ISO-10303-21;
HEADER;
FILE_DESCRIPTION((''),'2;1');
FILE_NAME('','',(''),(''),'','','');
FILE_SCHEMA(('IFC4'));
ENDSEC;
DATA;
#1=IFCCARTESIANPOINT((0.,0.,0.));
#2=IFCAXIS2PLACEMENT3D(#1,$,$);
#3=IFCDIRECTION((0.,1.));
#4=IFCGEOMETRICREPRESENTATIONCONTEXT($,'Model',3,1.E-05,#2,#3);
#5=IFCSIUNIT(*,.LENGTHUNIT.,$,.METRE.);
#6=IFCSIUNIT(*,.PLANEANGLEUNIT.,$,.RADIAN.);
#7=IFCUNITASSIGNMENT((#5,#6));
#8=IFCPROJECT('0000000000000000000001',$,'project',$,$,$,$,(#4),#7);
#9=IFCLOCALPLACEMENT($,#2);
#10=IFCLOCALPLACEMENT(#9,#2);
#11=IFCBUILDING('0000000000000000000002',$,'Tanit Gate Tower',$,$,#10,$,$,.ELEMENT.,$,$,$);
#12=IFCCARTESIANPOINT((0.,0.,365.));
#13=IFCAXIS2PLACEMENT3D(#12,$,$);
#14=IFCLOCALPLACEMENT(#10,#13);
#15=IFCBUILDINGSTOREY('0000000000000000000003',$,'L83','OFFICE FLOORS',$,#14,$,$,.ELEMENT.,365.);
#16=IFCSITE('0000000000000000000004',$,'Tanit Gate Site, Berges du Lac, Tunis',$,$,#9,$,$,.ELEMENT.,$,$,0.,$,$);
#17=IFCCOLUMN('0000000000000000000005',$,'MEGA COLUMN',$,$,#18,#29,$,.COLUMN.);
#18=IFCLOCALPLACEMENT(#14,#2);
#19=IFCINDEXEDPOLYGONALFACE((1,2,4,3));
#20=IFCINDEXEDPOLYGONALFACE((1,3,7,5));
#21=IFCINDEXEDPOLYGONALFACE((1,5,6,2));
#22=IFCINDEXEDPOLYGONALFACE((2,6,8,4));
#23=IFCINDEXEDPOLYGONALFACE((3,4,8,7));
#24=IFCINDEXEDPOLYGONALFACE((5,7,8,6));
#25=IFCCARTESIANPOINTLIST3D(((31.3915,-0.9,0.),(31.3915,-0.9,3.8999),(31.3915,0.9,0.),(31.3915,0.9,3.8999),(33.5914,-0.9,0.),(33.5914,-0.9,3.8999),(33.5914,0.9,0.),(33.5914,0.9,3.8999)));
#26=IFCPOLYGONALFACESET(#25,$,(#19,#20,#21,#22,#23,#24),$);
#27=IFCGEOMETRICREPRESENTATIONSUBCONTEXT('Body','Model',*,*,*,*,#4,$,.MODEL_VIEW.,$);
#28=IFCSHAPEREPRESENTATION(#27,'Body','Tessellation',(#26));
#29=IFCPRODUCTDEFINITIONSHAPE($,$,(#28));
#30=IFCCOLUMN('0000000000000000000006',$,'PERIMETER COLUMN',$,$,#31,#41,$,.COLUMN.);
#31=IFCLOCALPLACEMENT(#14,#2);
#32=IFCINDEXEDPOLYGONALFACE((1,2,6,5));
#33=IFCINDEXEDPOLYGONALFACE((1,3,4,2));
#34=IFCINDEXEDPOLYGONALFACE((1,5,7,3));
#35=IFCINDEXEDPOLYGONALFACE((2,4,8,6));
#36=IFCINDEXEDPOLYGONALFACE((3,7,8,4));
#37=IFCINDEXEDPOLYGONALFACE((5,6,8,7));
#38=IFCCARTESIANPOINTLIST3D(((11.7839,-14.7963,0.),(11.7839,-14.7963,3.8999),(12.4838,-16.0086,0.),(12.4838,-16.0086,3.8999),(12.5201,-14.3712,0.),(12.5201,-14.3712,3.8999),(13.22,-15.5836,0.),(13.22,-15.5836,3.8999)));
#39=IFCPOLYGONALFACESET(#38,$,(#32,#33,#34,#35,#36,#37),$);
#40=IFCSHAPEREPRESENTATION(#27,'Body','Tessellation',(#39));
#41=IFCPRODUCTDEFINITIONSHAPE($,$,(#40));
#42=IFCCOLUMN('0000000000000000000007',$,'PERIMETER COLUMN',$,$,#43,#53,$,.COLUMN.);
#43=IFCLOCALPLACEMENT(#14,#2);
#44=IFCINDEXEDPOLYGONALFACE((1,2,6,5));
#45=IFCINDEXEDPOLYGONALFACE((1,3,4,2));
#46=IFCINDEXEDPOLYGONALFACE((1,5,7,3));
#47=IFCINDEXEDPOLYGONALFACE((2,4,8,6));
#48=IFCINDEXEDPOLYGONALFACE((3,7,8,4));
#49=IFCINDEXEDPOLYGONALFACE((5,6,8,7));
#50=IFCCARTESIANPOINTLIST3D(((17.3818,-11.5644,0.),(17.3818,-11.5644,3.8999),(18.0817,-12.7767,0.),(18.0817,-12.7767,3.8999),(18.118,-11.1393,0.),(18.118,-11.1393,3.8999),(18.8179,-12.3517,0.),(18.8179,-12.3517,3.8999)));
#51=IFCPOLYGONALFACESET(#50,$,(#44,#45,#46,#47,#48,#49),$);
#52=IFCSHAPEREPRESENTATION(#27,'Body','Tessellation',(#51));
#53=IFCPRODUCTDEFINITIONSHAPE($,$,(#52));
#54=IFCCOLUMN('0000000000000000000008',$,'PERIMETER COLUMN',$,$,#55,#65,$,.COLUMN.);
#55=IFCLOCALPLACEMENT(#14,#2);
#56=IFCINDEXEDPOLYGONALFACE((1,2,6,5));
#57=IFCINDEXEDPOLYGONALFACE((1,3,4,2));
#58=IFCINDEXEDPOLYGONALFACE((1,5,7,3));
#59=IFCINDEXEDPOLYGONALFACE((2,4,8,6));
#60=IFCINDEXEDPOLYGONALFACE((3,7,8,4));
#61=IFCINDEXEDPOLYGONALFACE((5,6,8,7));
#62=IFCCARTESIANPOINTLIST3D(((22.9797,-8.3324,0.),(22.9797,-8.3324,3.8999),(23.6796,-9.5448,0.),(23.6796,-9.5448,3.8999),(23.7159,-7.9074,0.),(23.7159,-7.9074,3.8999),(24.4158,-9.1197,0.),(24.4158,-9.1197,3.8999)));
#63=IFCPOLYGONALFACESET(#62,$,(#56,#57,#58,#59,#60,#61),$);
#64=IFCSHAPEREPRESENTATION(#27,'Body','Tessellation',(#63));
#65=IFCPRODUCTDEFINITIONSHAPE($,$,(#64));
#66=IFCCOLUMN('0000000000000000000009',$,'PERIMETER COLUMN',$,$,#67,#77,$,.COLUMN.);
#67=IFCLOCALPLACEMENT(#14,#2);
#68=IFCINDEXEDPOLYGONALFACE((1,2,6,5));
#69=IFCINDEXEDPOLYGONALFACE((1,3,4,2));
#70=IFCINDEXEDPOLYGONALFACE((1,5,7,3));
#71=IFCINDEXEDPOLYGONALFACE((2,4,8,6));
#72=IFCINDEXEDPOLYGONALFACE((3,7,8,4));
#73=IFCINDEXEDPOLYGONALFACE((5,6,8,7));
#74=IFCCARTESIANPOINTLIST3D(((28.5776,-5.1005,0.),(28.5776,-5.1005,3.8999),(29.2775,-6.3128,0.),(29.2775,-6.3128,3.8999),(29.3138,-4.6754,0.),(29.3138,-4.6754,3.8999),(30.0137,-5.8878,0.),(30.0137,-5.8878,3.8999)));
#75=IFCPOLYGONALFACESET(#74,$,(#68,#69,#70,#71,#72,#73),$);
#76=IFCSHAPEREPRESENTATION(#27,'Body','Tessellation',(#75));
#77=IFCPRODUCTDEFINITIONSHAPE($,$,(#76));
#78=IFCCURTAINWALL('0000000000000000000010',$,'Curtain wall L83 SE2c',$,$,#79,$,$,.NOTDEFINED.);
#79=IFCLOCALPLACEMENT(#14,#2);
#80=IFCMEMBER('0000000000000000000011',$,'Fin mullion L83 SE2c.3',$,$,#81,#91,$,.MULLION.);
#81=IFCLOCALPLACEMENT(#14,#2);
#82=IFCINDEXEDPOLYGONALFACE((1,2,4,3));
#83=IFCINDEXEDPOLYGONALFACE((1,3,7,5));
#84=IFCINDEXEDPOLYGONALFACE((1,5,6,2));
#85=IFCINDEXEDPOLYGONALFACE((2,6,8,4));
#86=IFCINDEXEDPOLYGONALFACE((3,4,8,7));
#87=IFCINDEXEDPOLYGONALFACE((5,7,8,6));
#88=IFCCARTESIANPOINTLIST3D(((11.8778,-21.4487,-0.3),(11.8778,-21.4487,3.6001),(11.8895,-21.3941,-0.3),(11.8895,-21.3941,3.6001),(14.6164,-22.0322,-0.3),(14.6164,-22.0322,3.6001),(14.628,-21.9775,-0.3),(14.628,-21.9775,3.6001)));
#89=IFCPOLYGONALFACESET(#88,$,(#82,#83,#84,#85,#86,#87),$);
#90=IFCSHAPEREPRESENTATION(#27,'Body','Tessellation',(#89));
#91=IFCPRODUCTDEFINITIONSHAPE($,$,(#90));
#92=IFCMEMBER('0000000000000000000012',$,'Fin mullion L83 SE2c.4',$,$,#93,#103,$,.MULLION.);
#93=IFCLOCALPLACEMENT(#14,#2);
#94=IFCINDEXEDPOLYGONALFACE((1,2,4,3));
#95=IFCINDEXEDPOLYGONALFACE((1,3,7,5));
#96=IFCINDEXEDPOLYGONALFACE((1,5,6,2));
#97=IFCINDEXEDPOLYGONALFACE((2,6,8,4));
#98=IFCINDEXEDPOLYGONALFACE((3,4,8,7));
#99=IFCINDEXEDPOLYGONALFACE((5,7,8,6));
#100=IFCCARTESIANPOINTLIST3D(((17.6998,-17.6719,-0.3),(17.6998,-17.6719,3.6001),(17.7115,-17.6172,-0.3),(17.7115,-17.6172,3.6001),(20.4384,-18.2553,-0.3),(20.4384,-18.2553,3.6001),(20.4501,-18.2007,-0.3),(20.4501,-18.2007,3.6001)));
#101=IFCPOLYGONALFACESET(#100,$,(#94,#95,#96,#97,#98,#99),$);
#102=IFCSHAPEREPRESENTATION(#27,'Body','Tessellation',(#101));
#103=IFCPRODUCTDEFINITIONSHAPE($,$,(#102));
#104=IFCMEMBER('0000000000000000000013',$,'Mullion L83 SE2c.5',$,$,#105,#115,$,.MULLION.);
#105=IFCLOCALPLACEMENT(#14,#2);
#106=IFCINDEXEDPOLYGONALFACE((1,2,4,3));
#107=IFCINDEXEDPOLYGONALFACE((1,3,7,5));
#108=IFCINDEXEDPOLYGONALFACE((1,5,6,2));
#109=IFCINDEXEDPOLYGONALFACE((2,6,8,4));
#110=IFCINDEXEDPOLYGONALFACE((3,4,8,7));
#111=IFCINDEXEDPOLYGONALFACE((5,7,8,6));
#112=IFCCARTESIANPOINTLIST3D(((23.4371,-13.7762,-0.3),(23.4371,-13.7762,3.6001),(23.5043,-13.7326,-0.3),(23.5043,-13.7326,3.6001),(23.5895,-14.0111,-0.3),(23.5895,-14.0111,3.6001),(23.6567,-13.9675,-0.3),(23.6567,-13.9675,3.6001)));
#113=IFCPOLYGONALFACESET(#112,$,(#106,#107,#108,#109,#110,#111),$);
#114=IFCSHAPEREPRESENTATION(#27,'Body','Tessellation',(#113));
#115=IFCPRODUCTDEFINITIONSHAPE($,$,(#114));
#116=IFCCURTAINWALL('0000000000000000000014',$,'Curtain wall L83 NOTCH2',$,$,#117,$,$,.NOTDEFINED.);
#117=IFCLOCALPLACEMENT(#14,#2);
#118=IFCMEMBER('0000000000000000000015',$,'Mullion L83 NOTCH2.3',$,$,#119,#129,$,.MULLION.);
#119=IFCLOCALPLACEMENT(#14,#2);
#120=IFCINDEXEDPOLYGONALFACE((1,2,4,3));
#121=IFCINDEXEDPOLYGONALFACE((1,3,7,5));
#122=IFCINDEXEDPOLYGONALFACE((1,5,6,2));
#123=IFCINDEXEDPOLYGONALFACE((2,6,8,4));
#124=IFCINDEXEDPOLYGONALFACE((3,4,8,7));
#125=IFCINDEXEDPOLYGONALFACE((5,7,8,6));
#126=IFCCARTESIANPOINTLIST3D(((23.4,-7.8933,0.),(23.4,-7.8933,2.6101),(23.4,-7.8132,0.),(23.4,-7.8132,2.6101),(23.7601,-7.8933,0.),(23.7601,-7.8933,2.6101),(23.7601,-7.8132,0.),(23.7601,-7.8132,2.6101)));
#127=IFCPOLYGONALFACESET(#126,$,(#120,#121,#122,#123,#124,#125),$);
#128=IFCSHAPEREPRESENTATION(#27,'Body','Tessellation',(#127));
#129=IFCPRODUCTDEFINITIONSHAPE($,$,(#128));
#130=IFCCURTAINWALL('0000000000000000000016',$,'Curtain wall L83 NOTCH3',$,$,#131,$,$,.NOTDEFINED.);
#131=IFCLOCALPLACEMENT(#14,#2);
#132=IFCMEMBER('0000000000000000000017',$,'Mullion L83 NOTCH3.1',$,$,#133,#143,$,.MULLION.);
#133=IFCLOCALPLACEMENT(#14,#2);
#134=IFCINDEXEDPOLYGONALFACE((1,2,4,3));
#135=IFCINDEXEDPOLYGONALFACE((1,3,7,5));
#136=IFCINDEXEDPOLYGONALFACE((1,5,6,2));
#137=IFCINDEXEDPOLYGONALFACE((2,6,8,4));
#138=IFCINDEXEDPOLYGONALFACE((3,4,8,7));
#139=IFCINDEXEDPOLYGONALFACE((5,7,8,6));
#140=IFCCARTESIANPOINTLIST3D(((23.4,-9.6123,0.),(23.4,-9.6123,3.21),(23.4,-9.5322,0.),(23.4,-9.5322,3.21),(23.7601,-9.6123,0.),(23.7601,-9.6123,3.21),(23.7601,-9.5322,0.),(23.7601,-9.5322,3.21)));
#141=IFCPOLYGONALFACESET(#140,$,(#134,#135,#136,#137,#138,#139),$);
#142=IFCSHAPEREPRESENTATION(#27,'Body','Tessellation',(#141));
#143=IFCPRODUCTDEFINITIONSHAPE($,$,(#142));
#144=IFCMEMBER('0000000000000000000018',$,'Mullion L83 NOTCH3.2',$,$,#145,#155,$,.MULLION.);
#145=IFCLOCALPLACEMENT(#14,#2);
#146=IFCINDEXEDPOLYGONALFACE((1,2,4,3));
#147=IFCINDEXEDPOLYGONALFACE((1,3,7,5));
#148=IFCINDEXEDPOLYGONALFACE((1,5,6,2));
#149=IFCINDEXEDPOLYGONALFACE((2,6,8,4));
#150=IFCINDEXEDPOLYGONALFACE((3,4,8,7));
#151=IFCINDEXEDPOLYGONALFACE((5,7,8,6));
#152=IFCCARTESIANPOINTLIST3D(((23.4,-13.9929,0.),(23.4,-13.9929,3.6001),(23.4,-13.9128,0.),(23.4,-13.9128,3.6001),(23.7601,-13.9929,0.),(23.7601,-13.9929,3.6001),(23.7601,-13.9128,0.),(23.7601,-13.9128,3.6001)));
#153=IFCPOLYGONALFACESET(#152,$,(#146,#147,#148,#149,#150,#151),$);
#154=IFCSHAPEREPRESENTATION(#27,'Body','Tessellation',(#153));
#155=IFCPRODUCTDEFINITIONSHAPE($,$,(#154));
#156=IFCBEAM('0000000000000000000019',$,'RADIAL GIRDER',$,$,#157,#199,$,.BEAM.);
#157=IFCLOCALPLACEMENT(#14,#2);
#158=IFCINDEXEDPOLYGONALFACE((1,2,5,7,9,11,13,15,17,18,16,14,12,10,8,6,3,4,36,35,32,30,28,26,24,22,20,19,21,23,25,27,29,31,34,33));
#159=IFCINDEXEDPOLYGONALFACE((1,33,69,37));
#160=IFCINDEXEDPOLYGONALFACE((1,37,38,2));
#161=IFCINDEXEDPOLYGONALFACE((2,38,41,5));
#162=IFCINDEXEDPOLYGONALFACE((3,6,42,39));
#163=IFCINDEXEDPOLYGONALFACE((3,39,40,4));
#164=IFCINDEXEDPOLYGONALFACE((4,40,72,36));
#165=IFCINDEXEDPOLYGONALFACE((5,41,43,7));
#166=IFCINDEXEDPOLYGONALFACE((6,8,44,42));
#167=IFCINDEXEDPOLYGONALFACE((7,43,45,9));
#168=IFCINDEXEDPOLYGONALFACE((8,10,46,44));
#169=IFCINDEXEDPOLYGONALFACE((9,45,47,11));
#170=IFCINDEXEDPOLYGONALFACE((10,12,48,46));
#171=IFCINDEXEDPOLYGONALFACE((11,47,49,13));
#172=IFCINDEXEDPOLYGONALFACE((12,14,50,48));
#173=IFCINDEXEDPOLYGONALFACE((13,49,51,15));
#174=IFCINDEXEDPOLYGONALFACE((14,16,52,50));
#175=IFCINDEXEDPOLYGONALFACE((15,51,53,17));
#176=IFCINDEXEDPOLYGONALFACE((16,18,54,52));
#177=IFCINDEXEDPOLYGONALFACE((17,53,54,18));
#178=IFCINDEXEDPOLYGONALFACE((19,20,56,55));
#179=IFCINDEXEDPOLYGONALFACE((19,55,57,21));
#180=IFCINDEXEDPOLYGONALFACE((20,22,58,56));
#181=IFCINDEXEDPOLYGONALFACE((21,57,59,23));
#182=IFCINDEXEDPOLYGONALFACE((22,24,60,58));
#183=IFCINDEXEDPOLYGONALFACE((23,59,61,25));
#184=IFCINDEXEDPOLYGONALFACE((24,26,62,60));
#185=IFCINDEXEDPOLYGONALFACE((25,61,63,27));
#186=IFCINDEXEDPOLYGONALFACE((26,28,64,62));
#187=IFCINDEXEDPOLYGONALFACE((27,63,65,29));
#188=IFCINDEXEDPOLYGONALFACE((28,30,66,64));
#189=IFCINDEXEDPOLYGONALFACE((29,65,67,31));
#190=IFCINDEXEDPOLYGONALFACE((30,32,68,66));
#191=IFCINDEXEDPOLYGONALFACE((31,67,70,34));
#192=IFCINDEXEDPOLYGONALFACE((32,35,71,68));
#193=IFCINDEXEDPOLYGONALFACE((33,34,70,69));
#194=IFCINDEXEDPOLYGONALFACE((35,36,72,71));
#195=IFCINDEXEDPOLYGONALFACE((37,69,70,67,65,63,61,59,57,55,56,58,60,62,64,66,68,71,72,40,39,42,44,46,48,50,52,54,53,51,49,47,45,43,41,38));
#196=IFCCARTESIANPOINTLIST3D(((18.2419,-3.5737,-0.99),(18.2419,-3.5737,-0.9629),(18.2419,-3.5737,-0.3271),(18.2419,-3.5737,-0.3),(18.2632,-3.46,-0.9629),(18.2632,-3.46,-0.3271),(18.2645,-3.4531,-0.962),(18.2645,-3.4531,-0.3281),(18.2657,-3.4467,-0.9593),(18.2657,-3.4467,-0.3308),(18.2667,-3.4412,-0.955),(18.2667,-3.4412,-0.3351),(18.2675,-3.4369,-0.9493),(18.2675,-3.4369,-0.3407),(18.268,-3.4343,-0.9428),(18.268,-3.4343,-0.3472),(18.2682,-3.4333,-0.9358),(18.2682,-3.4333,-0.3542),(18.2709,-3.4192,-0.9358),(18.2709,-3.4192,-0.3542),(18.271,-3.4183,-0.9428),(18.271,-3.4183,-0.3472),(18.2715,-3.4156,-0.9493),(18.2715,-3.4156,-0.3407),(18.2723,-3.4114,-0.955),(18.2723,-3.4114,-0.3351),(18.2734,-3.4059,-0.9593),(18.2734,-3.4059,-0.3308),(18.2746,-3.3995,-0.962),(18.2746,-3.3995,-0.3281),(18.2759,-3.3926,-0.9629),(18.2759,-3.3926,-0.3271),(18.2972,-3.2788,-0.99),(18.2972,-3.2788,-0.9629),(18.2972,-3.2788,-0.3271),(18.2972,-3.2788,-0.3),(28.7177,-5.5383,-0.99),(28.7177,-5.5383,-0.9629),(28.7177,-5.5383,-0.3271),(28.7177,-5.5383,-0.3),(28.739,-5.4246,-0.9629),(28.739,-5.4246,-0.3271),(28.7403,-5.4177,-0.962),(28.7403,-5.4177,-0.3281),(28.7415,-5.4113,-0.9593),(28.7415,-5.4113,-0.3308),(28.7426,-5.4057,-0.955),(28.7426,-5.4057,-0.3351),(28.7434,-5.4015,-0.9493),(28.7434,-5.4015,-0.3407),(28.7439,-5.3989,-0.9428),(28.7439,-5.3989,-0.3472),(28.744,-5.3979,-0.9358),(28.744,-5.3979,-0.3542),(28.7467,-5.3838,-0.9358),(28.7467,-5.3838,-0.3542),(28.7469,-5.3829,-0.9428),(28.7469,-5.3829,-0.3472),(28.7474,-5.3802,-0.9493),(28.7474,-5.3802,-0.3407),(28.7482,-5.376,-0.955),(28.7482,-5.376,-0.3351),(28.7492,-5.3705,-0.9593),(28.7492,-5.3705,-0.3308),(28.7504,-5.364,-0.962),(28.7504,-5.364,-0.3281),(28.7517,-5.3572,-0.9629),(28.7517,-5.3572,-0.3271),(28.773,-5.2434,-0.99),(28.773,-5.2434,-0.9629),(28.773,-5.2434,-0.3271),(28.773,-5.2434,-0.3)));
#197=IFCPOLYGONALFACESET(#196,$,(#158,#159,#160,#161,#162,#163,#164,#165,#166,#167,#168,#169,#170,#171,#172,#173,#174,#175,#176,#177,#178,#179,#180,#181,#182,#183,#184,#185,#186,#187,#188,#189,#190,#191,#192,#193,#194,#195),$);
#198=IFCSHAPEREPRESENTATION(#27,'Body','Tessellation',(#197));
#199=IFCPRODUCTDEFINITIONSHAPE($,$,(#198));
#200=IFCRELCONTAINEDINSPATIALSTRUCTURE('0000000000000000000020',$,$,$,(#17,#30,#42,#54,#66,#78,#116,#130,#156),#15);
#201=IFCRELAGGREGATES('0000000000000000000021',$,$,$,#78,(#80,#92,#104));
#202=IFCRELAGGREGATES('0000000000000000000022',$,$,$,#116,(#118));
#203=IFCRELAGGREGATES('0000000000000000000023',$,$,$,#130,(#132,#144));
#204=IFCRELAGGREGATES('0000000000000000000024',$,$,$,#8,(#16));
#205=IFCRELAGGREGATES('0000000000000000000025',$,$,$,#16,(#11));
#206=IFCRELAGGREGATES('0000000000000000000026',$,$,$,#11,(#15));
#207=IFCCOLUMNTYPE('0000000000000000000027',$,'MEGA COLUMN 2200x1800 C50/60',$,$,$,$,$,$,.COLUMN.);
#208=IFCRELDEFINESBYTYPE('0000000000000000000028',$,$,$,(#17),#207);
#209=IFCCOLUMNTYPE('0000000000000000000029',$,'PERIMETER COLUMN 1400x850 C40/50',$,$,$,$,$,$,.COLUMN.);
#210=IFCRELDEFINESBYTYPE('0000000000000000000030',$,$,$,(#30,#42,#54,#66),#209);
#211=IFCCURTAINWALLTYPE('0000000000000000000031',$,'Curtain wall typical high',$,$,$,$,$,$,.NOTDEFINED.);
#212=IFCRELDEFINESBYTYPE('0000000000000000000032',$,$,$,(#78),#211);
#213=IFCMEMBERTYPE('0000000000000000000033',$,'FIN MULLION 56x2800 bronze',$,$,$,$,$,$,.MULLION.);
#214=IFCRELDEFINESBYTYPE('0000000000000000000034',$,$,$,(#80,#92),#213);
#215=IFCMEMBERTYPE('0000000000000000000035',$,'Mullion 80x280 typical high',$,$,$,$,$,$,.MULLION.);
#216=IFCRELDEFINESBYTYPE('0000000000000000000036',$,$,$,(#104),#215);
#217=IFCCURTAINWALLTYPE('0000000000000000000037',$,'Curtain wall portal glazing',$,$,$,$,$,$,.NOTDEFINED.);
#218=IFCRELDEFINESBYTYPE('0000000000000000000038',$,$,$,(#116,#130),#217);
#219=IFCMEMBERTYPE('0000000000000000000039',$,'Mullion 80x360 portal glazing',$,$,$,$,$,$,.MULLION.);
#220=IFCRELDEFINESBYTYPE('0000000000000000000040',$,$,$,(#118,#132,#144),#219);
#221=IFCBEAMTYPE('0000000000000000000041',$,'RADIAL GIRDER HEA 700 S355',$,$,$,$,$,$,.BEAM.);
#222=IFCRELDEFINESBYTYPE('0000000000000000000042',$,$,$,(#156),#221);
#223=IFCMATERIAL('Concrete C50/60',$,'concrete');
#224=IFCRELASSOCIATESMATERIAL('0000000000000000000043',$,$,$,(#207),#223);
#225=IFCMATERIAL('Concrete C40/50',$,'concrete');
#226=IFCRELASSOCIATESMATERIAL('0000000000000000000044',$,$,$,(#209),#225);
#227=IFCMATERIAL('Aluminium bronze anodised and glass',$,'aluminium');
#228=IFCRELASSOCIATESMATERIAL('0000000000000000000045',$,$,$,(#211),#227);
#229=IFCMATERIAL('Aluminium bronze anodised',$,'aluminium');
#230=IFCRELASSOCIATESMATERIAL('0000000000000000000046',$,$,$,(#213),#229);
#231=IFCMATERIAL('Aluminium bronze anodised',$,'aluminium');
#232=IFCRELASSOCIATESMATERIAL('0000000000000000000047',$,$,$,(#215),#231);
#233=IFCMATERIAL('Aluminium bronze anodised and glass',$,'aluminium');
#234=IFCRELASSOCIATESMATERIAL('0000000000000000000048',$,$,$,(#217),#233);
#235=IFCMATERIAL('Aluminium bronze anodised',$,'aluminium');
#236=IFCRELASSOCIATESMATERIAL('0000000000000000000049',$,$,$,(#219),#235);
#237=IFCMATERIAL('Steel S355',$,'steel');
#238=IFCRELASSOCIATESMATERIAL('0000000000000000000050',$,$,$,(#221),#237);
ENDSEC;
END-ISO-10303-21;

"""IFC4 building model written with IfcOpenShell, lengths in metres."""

from ifc_helpers import new_model, si_unit, direction, frame, origin, origin_2d, place, context, subcontext, project, spatial, rectangle, i_section, extrude, material, material_profile, profile_set, type_object, element, aggregate, save


model = new_model("IFC4")

# Units and contexts
model_context = context("Model", 3, precision=1e-05, world=origin(), true_north=direction((0.0, 1.0)))
body_context = subcontext(model_context, "Body", "Model", "MODEL_VIEW")
ifc_project = project(units=[si_unit("LENGTHUNIT", "METRE"), si_unit("PLANEANGLEUNIT", "RADIAN")], contexts=[model_context])

# Site, building, storey
site_placement = place(None, origin())
site = spatial("IfcSite", under=ifc_project, at=site_placement, Name="Tanit Gate Site, Berges du Lac, Tunis", CompositionType="ELEMENT", RefElevation=0.0)
building_placement = place(site_placement, origin())
building = spatial("IfcBuilding", under=site, at=building_placement, Name="Tanit Gate Tower", CompositionType="ELEMENT")
storey_placement = place(building_placement, frame((0.0, 0.0, 365.0)))
storey = spatial("IfcBuildingStorey", under=building, at=storey_placement, Name="L83", Description="OFFICE FLOORS", CompositionType="ELEMENT", Elevation=365.0)

# Columns
ifc_material_1 = material(Name="Concrete C50/60", Category="concrete")
ifc_material_profile_1 = material_profile(ifc_material_1, rectangle(XDim=2.2, YDim=1.8, at=origin_2d()), Name="RC 2200x1800")
ifc_profile_set_1 = profile_set([ifc_material_profile_1], Name="Concrete C50/60")
column_type_1 = type_object("IfcColumnType", Name="MEGA COLUMN 2200x1800 C50/60", PredefinedType="COLUMN", material=ifc_profile_set_1)
column_placement = place(storey_placement, frame((32.4915, 0.0, 0.0), z_axis=(0.0, 0.0, 1.0), x_axis=(1.0, 0.0, 0.0)))
element("IfcColumn", 1, at=column_placement, inside=storey, type_object=column_type_1, Name="MEGA COLUMN", PredefinedType="COLUMN", context=body_context, shape_type="SweptSolid", body=[
    extrude(rectangle(XDim=2.2, YDim=1.8, at=origin_2d()), origin(), (0.0, 0.0, 1.0), 3.8999),
])
ifc_material_2 = material(Name="Concrete C40/50", Category="concrete")
ifc_material_profile_2 = material_profile(ifc_material_2, rectangle(XDim=1.3999, YDim=0.8501, at=origin_2d()), Name="RC 1400x850")
ifc_profile_set_2 = profile_set([ifc_material_profile_2], Name="Concrete C40/50")
column_type_2 = type_object("IfcColumnType", Name="PERIMETER COLUMN 1400x850 C40/50", PredefinedType="COLUMN", material=ifc_profile_set_2)
for number, where, z_axis, x_axis, name in (
    (2, (12.502, -15.1899, 0.0), (0.0, 0.0, 1.0), (0.5, -0.866025, 0.0), "PERIMETER COLUMN"),
    (3, (18.0999, -11.958, 0.0), (0.0, 0.0, 1.0), (0.5, -0.866025, 0.0), "PERIMETER COLUMN"),
    (4, (23.6978, -8.7261, 0.0), (0.0, 0.0, 1.0), (0.5, -0.866025, 0.0), "PERIMETER COLUMN"),
    (5, (29.2957, -5.4941, 0.0), (0.0, 0.0, 1.0), (0.5, -0.866025, 0.0), "PERIMETER COLUMN"),
):
    element("IfcColumn", number, at=place(storey_placement, frame(where, z_axis=z_axis, x_axis=x_axis)), inside=storey, type_object=column_type_2, Name=name, PredefinedType="COLUMN", context=body_context, shape_type="SweptSolid", body=[
        extrude(rectangle(XDim=1.3999, YDim=0.8501, at=origin_2d()), origin(), (0.0, 0.0, 1.0), 3.8999),
    ])

# Curtain wall, members
ifc_material_3 = material(Name="Aluminium bronze anodised and glass", Category="aluminium")
curtain_wall_type_1 = type_object("IfcCurtainWallType", Name="Curtain wall typical high", PredefinedType="NOTDEFINED", material=ifc_material_3)
curtain_wall_1_placement = place(storey_placement, origin())
curtain_wall_1 = element("IfcCurtainWall", 6, at=curtain_wall_1_placement, inside=storey, type_object=curtain_wall_type_1, Name="Curtain wall L83 SE2c", PredefinedType="NOTDEFINED")
ifc_material_4 = material(Name="Aluminium bronze anodised", Category="aluminium")
ifc_material_profile_3 = material_profile(ifc_material_4, rectangle(XDim=2.8, YDim=0.0559, at=origin_2d()), Name="56x2800 bronze fin mullion")
ifc_profile_set_3 = profile_set([ifc_material_profile_3], Name="Aluminium bronze anodised")
member_type_1 = type_object("IfcMemberType", Name="FIN MULLION 56x2800 bronze", PredefinedType="MULLION", material=ifc_profile_set_3)
member_1_placement = place(storey_placement, frame((13.2529, -21.7131, -0.3), z_axis=(0.0, 0.0, 1.0), x_axis=(-0.978049, 0.208373, 0.0)))
member_1 = element("IfcMember", 7, at=member_1_placement, type_object=member_type_1, Name="Fin mullion L83 SE2c.3", PredefinedType="MULLION", context=body_context, shape_type="SweptSolid", body=[
    extrude(rectangle(XDim=2.8, YDim=0.0559, at=origin_2d()), origin(), (0.0, 0.0, 1.0), 3.9001),
])
member_2_placement = place(storey_placement, frame((19.075, -17.9363, -0.3), z_axis=(0.0, 0.0, 1.0), x_axis=(-0.978049, 0.208373, 0.0)))
member_2 = element("IfcMember", 8, at=member_2_placement, type_object=member_type_1, Name="Fin mullion L83 SE2c.4", PredefinedType="MULLION", context=body_context, shape_type="SweptSolid", body=[
    extrude(rectangle(XDim=2.8, YDim=0.0559, at=origin_2d()), origin(), (0.0, 0.0, 1.0), 3.9001),
])
ifc_material_5 = material(Name="Aluminium bronze anodised", Category="aluminium")
ifc_material_profile_4 = material_profile(ifc_material_5, rectangle(XDim=0.28, YDim=0.0801, at=origin_2d()), Name="80x280 bronze mullion")
ifc_profile_set_4 = profile_set([ifc_material_profile_4], Name="Aluminium bronze anodised")
member_type_2 = type_object("IfcMemberType", Name="Mullion 80x280 typical high", PredefinedType="MULLION", material=ifc_profile_set_4)
member_3_placement = place(storey_placement, frame((23.5469, -13.8718, -0.3), z_axis=(0.0, 0.0, 1.0), x_axis=(-0.544243, 0.838927, 0.0)))
member_3 = element("IfcMember", 9, at=member_3_placement, type_object=member_type_2, Name="Mullion L83 SE2c.5", PredefinedType="MULLION", context=body_context, shape_type="SweptSolid", body=[
    extrude(rectangle(XDim=0.28, YDim=0.0801, at=origin_2d()), origin(), (0.0, 0.0, 1.0), 3.9001),
])

# Curtain wall, member
ifc_material_6 = material(Name="Aluminium bronze anodised and glass", Category="aluminium")
curtain_wall_type_2 = type_object("IfcCurtainWallType", Name="Curtain wall portal glazing", PredefinedType="NOTDEFINED", material=ifc_material_6)
curtain_wall_2_placement = place(storey_placement, origin())
curtain_wall_2 = element("IfcCurtainWall", 10, at=curtain_wall_2_placement, inside=storey, type_object=curtain_wall_type_2, Name="Curtain wall L83 NOTCH2", PredefinedType="NOTDEFINED")
ifc_material_7 = material(Name="Aluminium bronze anodised", Category="aluminium")
ifc_material_profile_5 = material_profile(ifc_material_7, rectangle(XDim=0.3601, YDim=0.0801, at=origin_2d()), Name="80x360 bronze mullion")
ifc_profile_set_5 = profile_set([ifc_material_profile_5], Name="Aluminium bronze anodised")
member_type_3 = type_object("IfcMemberType", Name="Mullion 80x360 portal glazing", PredefinedType="MULLION", material=ifc_profile_set_5)
member_4_placement = place(storey_placement, frame((23.5801, -7.8533, 0.0), z_axis=(0.0, 0.0, 1.0), x_axis=(1.0, 0.0, 0.0)))
member_4 = element("IfcMember", 11, at=member_4_placement, type_object=member_type_3, Name="Mullion L83 NOTCH2.3", PredefinedType="MULLION", context=body_context, shape_type="SweptSolid", body=[
    extrude(rectangle(XDim=0.3601, YDim=0.0801, at=origin_2d()), origin(), (0.0, 0.0, 1.0), 2.6101),
])

# Curtain wall, members
curtain_wall_3_placement = place(storey_placement, origin())
curtain_wall_3 = element("IfcCurtainWall", 12, at=curtain_wall_3_placement, inside=storey, type_object=curtain_wall_type_2, Name="Curtain wall L83 NOTCH3", PredefinedType="NOTDEFINED")
member_5_placement = place(storey_placement, frame((23.5801, -9.5723, 0.0), z_axis=(0.0, 0.0, 1.0), x_axis=(1.0, 0.0, 0.0)))
member_5 = element("IfcMember", 13, at=member_5_placement, type_object=member_type_3, Name="Mullion L83 NOTCH3.1", PredefinedType="MULLION", context=body_context, shape_type="SweptSolid", body=[
    extrude(rectangle(XDim=0.3601, YDim=0.0801, at=origin_2d()), origin(), (0.0, 0.0, 1.0), 3.21),
])
member_6_placement = place(storey_placement, frame((23.5801, -13.9529, 0.0), z_axis=(0.0, 0.0, 1.0), x_axis=(1.0, 0.0, 0.0)))
member_6 = element("IfcMember", 14, at=member_6_placement, type_object=member_type_3, Name="Mullion L83 NOTCH3.2", PredefinedType="MULLION", context=body_context, shape_type="SweptSolid", body=[
    extrude(rectangle(XDim=0.3601, YDim=0.0801, at=origin_2d()), origin(), (0.0, 0.0, 1.0), 3.6001),
])

# Beam
ifc_material_8 = material(Name="Steel S355", Category="steel")
ifc_material_profile_6 = material_profile(ifc_material_8, i_section(OverallWidth=0.3, OverallDepth=0.6899, WebThickness=0.0144, FlangeThickness=0.0271, FilletRadius=0.0271, at=origin_2d()), Name="HEA 700")
ifc_profile_set_6 = profile_set([ifc_material_profile_6], Name="Steel S355")
beam_type_1 = type_object("IfcBeamType", Name="RADIAL GIRDER HEA 700 S355", PredefinedType="BEAM", material=ifc_profile_set_6)
beam_1_placement = place(storey_placement, frame((28.7454, -5.3909, -0.645), z_axis=(-0.982866, 0.184323, 0.0), x_axis=(-0.184323, -0.982866, 0.0)))
element("IfcBeam", 15, at=beam_1_placement, inside=storey, type_object=beam_type_1, Name="RADIAL GIRDER", PredefinedType="BEAM", context=body_context, shape_type="SweptSolid", body=[
    extrude(i_section(OverallWidth=0.3, OverallDepth=0.6899, WebThickness=0.0144, FlangeThickness=0.0271, FilletRadius=0.0271, at=origin_2d()), origin(), (0.0, 0.0, 1.0), 10.6584),
])

aggregate(curtain_wall_1, [member_1, member_2, member_3])
aggregate(curtain_wall_2, [member_4])
aggregate(curtain_wall_3, [member_5, member_6])

save(model, "model.ifc")
